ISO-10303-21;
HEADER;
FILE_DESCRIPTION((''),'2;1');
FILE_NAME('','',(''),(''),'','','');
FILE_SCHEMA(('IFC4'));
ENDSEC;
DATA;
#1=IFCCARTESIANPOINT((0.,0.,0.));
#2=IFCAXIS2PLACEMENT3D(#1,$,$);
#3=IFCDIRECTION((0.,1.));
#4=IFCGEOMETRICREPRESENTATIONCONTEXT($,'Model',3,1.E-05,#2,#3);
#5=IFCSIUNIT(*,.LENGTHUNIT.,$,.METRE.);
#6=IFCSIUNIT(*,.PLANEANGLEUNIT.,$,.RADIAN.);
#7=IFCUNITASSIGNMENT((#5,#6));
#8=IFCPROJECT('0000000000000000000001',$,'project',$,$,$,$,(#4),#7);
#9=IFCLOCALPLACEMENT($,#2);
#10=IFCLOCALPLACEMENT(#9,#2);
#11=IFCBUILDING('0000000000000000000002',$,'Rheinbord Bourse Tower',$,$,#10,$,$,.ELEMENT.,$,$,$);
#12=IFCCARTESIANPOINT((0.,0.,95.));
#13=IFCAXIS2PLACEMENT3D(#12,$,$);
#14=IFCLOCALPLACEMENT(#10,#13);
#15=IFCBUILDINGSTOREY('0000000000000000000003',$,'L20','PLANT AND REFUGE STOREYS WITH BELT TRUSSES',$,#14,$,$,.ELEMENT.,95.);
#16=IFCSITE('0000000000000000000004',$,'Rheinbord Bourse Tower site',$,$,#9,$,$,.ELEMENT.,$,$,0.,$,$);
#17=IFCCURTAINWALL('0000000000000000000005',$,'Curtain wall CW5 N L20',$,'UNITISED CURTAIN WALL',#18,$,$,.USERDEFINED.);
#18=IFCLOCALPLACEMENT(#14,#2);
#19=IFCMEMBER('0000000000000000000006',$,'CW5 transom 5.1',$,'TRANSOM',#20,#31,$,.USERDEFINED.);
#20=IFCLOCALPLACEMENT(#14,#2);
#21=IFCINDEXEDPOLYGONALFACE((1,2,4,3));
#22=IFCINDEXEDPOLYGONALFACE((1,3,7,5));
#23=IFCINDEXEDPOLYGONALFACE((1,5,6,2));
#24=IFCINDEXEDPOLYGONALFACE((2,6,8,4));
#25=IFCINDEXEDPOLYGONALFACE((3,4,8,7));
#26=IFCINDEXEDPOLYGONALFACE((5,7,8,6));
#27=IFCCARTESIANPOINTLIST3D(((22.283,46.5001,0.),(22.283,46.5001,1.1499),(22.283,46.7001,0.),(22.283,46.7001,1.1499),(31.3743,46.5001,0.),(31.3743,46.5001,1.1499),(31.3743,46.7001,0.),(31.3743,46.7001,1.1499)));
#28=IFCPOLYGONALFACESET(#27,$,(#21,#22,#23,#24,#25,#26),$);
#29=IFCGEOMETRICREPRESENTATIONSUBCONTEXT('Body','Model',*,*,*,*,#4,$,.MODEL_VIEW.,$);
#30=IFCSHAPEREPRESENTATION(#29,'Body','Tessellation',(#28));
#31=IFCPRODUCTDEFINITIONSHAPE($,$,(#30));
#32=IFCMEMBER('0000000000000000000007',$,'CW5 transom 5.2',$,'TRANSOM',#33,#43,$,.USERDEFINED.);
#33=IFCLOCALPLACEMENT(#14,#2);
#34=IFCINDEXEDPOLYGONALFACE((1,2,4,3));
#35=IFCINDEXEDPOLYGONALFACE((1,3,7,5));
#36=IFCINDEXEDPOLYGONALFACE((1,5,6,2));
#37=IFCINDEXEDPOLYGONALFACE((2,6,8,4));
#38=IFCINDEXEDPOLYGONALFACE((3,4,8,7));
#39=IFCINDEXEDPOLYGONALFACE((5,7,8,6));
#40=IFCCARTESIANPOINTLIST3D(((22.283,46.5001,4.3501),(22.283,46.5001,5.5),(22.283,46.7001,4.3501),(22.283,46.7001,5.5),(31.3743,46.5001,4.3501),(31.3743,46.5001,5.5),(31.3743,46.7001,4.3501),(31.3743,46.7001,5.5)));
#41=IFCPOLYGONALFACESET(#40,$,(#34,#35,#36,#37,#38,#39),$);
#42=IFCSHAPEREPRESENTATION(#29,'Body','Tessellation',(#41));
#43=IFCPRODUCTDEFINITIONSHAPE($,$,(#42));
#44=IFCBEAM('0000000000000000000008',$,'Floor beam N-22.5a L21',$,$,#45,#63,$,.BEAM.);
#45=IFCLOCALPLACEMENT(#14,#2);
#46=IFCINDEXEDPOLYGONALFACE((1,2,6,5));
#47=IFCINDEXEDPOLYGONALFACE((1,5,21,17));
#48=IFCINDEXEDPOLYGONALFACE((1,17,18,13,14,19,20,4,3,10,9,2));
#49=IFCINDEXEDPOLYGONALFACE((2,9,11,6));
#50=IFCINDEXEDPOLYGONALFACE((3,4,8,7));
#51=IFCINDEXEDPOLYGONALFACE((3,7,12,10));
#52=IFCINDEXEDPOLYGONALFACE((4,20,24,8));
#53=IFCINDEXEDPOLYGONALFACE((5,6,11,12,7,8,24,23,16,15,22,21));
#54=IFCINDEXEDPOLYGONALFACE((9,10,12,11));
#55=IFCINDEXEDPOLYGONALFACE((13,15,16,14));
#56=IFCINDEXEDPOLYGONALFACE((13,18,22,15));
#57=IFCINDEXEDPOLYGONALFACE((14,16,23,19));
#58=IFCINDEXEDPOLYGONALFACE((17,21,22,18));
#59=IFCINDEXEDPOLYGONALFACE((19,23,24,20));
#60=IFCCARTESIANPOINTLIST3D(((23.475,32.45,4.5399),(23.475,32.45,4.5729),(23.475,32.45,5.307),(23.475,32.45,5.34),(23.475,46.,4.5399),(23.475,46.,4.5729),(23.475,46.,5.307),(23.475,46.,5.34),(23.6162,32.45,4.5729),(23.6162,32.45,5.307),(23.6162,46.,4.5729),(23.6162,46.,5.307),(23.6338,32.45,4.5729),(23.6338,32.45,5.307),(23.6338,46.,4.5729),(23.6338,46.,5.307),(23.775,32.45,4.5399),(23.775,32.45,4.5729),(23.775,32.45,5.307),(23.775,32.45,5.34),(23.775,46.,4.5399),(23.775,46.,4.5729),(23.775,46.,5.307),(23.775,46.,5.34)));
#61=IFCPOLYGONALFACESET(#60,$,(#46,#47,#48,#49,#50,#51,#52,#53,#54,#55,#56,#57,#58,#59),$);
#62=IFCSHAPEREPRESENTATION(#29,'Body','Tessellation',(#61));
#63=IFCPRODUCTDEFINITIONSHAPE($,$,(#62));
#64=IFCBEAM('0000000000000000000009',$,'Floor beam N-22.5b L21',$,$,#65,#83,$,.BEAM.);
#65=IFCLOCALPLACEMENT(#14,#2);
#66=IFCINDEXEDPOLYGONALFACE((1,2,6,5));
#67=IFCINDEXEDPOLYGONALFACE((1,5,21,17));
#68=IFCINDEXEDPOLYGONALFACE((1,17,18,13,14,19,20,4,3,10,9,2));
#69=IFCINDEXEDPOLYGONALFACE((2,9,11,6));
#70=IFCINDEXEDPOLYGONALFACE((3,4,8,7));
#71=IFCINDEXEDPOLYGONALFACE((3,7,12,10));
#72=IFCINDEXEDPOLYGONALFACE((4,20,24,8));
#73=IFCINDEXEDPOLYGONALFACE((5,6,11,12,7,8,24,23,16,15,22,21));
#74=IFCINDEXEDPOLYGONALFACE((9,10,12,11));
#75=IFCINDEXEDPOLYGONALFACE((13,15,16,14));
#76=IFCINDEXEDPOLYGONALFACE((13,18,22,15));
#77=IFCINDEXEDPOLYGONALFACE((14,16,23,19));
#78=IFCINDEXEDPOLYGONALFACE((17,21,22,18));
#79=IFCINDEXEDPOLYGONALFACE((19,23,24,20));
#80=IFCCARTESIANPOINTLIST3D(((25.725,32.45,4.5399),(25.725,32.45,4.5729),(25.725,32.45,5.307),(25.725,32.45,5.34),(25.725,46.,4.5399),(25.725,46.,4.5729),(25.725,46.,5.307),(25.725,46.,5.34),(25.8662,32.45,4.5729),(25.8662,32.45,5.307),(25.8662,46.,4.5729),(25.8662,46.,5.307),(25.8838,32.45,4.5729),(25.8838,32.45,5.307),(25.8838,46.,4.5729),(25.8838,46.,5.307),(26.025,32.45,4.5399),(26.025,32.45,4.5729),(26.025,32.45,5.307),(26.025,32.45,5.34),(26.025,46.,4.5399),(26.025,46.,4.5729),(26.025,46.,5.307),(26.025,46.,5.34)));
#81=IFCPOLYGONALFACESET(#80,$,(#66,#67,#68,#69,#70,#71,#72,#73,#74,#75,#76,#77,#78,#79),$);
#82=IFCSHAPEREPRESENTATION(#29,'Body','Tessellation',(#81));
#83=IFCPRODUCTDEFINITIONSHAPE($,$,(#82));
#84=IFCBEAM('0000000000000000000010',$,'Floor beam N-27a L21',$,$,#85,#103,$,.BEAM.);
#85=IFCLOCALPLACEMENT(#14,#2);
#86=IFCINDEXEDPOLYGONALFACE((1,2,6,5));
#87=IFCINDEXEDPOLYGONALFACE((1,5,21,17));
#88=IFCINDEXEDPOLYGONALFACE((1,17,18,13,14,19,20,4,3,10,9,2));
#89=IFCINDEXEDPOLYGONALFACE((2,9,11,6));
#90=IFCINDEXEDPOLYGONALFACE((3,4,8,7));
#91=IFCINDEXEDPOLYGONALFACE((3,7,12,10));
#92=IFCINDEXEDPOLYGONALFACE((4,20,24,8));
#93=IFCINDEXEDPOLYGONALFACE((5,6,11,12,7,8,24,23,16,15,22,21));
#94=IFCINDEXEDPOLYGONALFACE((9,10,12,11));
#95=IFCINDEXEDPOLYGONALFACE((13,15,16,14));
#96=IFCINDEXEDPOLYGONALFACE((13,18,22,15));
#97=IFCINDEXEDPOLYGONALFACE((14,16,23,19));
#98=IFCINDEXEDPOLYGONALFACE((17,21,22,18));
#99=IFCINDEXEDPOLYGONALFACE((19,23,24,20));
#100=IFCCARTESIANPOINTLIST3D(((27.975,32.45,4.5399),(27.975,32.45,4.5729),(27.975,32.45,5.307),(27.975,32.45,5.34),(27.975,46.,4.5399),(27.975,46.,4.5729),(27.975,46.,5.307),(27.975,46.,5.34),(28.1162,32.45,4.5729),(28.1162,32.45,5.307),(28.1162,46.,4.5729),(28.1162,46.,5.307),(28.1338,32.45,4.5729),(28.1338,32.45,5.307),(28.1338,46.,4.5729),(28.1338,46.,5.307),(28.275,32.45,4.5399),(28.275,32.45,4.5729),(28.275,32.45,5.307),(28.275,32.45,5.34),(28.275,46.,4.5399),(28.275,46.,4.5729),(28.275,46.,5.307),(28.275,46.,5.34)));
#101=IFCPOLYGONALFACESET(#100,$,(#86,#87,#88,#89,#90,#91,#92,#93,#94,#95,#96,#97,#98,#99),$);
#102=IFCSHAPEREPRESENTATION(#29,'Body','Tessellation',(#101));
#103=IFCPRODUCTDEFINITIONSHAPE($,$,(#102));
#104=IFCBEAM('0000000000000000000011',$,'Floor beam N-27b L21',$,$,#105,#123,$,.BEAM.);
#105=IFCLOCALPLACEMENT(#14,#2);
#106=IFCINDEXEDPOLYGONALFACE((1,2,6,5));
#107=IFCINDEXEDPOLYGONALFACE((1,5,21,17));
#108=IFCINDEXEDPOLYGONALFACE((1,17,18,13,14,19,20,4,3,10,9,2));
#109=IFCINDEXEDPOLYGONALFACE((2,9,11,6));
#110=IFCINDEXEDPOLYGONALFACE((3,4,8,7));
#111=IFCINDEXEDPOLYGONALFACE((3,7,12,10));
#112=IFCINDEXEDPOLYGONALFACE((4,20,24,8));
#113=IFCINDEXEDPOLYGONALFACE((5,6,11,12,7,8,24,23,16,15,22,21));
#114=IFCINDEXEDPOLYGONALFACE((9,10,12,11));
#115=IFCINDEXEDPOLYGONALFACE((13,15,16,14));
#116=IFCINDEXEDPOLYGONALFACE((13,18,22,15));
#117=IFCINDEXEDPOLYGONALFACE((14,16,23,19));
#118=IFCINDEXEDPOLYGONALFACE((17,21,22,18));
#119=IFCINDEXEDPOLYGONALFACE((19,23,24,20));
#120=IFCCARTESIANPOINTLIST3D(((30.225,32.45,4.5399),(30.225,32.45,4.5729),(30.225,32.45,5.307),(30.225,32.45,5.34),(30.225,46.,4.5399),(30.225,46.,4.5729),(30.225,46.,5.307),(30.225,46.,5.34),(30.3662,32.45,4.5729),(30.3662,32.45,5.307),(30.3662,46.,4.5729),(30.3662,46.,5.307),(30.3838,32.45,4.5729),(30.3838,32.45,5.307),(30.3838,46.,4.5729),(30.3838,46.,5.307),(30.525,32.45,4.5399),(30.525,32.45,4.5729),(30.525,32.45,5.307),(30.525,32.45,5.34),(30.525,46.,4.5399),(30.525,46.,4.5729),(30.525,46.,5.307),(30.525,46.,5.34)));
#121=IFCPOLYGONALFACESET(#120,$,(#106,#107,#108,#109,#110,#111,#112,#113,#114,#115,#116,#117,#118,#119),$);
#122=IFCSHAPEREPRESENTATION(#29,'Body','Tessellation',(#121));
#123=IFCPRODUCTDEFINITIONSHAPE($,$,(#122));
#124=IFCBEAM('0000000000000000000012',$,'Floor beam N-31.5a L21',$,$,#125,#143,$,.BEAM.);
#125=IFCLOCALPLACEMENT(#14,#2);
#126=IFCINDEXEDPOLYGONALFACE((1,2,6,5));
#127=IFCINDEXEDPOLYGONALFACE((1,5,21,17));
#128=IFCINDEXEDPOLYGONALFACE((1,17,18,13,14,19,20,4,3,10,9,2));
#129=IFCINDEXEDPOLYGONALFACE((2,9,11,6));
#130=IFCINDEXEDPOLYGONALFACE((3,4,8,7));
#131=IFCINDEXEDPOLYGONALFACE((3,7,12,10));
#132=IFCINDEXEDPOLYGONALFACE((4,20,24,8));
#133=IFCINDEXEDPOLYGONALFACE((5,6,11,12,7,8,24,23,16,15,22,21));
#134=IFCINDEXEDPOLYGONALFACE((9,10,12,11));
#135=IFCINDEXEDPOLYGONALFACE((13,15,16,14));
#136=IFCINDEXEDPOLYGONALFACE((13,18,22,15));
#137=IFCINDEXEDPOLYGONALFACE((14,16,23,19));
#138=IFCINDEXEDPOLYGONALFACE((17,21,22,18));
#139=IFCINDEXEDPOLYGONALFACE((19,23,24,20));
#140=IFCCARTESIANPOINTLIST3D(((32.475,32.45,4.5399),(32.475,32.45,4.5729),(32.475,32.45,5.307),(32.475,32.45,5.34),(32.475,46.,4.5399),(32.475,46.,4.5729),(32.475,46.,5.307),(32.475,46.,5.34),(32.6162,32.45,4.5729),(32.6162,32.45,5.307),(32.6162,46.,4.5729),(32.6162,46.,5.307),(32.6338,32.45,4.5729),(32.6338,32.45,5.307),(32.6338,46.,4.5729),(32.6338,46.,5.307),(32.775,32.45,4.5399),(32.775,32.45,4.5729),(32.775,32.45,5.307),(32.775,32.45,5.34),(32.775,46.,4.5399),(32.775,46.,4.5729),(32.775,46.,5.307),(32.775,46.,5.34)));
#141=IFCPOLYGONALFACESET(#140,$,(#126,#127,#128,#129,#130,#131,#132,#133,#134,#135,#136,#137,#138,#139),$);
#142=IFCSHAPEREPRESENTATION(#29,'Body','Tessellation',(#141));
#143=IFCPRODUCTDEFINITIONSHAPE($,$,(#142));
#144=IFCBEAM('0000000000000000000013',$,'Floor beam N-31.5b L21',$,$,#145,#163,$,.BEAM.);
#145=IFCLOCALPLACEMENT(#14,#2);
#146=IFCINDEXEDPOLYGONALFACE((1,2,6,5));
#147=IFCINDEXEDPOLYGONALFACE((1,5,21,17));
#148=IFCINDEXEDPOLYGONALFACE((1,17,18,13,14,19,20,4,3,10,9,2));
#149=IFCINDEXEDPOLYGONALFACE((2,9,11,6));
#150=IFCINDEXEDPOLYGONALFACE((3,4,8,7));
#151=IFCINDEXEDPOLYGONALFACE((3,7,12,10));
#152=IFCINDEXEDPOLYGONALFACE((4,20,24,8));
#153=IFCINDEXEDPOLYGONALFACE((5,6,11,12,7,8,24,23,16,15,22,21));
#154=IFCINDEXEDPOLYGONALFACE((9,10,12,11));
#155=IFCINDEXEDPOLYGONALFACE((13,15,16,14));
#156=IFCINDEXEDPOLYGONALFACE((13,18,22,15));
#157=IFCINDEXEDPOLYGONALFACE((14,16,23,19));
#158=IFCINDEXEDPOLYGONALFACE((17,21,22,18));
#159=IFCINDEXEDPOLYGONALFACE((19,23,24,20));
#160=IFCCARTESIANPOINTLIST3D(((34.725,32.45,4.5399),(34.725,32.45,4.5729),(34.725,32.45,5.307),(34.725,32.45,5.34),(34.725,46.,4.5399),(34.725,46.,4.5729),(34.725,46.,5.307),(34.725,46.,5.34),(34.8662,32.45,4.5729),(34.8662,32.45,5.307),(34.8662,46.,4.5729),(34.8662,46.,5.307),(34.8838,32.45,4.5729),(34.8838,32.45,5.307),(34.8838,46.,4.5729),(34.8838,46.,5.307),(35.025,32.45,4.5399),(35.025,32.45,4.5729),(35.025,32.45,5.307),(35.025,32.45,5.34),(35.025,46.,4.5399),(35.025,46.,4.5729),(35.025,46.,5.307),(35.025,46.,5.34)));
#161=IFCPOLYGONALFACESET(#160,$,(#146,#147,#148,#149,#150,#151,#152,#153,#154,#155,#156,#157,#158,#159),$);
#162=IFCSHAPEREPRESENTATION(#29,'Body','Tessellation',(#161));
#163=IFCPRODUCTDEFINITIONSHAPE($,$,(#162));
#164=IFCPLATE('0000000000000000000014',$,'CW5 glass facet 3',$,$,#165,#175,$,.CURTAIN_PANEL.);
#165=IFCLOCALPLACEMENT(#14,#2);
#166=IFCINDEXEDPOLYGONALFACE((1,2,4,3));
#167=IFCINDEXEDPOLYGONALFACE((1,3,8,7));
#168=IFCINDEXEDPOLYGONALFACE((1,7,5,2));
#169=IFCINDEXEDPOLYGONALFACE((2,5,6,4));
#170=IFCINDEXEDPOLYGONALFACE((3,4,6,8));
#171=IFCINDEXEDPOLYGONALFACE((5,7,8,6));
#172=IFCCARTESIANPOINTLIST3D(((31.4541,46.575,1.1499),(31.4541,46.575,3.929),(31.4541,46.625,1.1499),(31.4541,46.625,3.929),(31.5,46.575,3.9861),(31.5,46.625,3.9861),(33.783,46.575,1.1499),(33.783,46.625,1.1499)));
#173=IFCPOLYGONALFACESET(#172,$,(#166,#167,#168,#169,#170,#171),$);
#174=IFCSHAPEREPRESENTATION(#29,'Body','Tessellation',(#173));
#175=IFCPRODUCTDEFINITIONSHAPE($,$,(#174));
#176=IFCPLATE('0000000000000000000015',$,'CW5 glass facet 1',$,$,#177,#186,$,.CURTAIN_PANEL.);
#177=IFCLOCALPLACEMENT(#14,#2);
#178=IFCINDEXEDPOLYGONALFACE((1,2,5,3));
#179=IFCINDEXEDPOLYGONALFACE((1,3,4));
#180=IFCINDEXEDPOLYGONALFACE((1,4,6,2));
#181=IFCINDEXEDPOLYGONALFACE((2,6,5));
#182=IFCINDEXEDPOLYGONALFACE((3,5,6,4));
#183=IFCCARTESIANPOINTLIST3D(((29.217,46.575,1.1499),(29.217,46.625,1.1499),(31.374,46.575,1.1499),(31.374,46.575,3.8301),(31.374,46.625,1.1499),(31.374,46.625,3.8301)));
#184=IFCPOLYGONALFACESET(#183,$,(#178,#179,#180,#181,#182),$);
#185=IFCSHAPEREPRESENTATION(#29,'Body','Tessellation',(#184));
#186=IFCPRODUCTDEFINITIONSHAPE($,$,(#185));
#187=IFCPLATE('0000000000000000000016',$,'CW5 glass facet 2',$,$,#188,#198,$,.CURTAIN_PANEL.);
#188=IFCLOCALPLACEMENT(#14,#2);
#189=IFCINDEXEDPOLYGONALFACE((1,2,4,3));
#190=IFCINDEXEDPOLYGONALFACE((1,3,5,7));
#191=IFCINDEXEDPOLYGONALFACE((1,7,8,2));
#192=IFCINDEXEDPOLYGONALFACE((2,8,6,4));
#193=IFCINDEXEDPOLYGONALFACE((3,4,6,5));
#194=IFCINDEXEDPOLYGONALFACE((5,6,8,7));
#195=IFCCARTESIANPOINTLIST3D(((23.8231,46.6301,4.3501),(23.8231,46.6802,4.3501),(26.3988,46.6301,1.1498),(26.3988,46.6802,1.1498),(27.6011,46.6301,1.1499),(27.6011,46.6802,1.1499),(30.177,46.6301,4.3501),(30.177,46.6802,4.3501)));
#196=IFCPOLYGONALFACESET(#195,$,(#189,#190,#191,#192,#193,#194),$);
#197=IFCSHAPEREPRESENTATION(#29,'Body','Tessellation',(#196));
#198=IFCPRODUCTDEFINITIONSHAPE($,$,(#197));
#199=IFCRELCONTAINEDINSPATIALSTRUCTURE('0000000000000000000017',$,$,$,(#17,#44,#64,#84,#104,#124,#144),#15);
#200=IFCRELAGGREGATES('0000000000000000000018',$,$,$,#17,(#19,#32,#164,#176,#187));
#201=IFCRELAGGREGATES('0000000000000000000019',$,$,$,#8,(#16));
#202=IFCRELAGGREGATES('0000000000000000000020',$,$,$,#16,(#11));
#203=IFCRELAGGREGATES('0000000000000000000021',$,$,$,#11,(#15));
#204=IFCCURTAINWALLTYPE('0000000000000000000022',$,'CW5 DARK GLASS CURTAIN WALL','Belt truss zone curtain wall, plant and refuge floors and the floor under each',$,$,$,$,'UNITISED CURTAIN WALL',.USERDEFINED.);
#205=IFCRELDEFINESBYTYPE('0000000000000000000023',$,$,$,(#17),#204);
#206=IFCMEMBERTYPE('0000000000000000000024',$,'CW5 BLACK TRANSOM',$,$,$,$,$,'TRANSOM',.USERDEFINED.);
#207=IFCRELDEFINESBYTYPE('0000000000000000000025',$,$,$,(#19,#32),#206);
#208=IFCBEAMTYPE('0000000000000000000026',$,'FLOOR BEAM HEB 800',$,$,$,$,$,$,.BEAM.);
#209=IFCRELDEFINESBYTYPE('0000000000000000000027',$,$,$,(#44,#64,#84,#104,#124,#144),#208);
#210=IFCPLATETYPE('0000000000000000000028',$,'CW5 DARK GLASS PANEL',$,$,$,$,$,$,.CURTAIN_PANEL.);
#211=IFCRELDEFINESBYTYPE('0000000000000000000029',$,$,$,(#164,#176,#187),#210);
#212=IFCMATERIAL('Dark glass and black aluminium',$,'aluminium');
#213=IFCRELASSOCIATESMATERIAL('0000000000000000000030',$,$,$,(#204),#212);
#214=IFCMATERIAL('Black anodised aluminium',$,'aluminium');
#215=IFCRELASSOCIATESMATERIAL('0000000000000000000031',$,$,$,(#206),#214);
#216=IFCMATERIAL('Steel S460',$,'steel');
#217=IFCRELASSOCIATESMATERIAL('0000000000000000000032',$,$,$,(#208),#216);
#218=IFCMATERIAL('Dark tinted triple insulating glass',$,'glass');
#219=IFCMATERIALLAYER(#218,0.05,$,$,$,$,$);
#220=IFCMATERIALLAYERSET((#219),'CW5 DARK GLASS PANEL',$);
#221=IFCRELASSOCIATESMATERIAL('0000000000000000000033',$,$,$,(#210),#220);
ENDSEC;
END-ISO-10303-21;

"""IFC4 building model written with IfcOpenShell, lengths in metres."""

from ifc_helpers import new_model, si_unit, direction, frame, origin, origin_2d, place, context, subcontext, project, spatial, polyline, rectangle, i_section, outline, extrude, material, layer, layer_set, material_profile, profile_set, type_object, element, aggregate, save


model = new_model("IFC4")

# Units and contexts
model_context = context("Model", 3, precision=1e-05, world=origin(), true_north=direction((0.0, 1.0)))
body_context = subcontext(model_context, "Body", "Model", "MODEL_VIEW")
ifc_project = project(units=[si_unit("LENGTHUNIT", "METRE"), si_unit("PLANEANGLEUNIT", "RADIAN")], contexts=[model_context])

# Site, building, storey
site_placement = place(None, origin())
site = spatial("IfcSite", under=ifc_project, at=site_placement, Name="Rheinbord Bourse Tower site", CompositionType="ELEMENT", RefElevation=0.0)
building_placement = place(site_placement, origin())
building = spatial("IfcBuilding", under=site, at=building_placement, Name="Rheinbord Bourse Tower", CompositionType="ELEMENT")
storey_placement = place(building_placement, frame((0.0, 0.0, 95.0)))
storey = spatial("IfcBuildingStorey", under=building, at=storey_placement, Name="L20", Description="PLANT AND REFUGE STOREYS WITH BELT TRUSSES", CompositionType="ELEMENT", Elevation=95.0)

# Curtain wall, members
ifc_material_1 = material(Name="Dark glass and black aluminium", Category="aluminium")
curtain_wall_type = type_object("IfcCurtainWallType", Name="CW5 DARK GLASS CURTAIN WALL", Description="Belt truss zone curtain wall, plant and refuge floors and the floor under each", ElementType="UNITISED CURTAIN WALL", PredefinedType="USERDEFINED", material=ifc_material_1)
curtain_wall_placement = place(storey_placement, origin())
curtain_wall = element("IfcCurtainWall", 1, at=curtain_wall_placement, inside=storey, type_object=curtain_wall_type, Name="Curtain wall CW5 N L20", ObjectType="UNITISED CURTAIN WALL", PredefinedType="USERDEFINED")
ifc_material_2 = material(Name="Black anodised aluminium", Category="aluminium")
ifc_material_profile_1 = material_profile(ifc_material_2, rectangle(XDim=0.2, YDim=1.1499, at=origin_2d()), Name="CW5 TRANSOM 1150x200")
ifc_profile_set_1 = profile_set([ifc_material_profile_1], Name="Black anodised aluminium")
member_type_1 = type_object("IfcMemberType", Name="CW5 BLACK TRANSOM", ElementType="TRANSOM", PredefinedType="USERDEFINED", material=ifc_profile_set_1)
member_1_placement = place(storey_placement, frame((31.3743, 46.6001, 0.575), z_axis=(-1.0, 0.0, 0.0), x_axis=(0.0, -1.0, 0.0)))
member_1 = element("IfcMember", 2, at=member_1_placement, type_object=member_type_1, Name="CW5 transom 5.1", ObjectType="TRANSOM", PredefinedType="USERDEFINED", context=body_context, shape_type="SweptSolid", body=[
    extrude(rectangle(XDim=0.2, YDim=1.1499, at=origin_2d()), origin(), (0.0, 0.0, 1.0), 9.0913),
])
member_2_placement = place(storey_placement, frame((31.3743, 46.6001, 4.925), z_axis=(-1.0, 0.0, 0.0), x_axis=(0.0, -1.0, 0.0)))
member_2 = element("IfcMember", 3, at=member_2_placement, type_object=member_type_1, Name="CW5 transom 5.2", ObjectType="TRANSOM", PredefinedType="USERDEFINED", context=body_context, shape_type="SweptSolid", body=[
    extrude(rectangle(XDim=0.2, YDim=1.1499, at=origin_2d()), origin(), (0.0, 0.0, 1.0), 9.0913),
])

# Beams
ifc_material_3 = material(Name="Steel S460", Category="steel")
ifc_material_profile_2 = material_profile(ifc_material_3, i_section(OverallWidth=0.3, OverallDepth=0.8, WebThickness=0.0176, FlangeThickness=0.033, at=origin_2d()), Name="HEB 800")
ifc_profile_set_2 = profile_set([ifc_material_profile_2], Name="Steel S460")
beam_type_1 = type_object("IfcBeamType", Name="FLOOR BEAM HEB 800", PredefinedType="BEAM", material=ifc_profile_set_2)
for number, where, z_axis, x_axis, name in (
    (4, (23.625, 46.0, 4.9399), (0.0, -1.0, 0.0), (1.0, 0.0, 0.0), "Floor beam N-22.5a L21"),
    (5, (25.875, 46.0, 4.9399), (0.0, -1.0, 0.0), (1.0, 0.0, 0.0), "Floor beam N-22.5b L21"),
    (6, (28.125, 46.0, 4.9399), (0.0, -1.0, 0.0), (1.0, 0.0, 0.0), "Floor beam N-27a L21"),
    (7, (30.375, 46.0, 4.9399), (0.0, -1.0, 0.0), (1.0, 0.0, 0.0), "Floor beam N-27b L21"),
    (8, (32.625, 46.0, 4.9399), (0.0, -1.0, 0.0), (1.0, 0.0, 0.0), "Floor beam N-31.5a L21"),
    (9, (34.875, 46.0, 4.9399), (0.0, -1.0, 0.0), (1.0, 0.0, 0.0), "Floor beam N-31.5b L21"),
):
    element("IfcBeam", number, at=place(storey_placement, frame(where, z_axis=z_axis, x_axis=x_axis)), inside=storey, type_object=beam_type_1, Name=name, PredefinedType="BEAM", context=body_context, shape_type="SweptSolid", body=[
        extrude(i_section(OverallWidth=0.3, OverallDepth=0.8, WebThickness=0.0176, FlangeThickness=0.033, at=origin_2d()), origin(), (0.0, 0.0, 1.0), 13.55),
    ])

# Plates
ifc_material_4 = material(Name="Dark tinted triple insulating glass", Category="glass")
ifc_layer = layer(ifc_material_4, 0.05)
ifc_layer_set = layer_set([ifc_layer], Name="CW5 DARK GLASS PANEL")
plate_type = type_object("IfcPlateType", Name="CW5 DARK GLASS PANEL", PredefinedType="CURTAIN_PANEL", material=ifc_layer_set)
plate_1_placement = place(storey_placement, frame((31.4541, 46.625, 1.1499), z_axis=(0.0, -1.0, 0.0), x_axis=(1.0, 0.0, 0.0)))
plate_1 = element("IfcPlate", 10, at=plate_1_placement, type_object=plate_type, Name="CW5 glass facet 3", PredefinedType="CURTAIN_PANEL", context=body_context, shape_type="SweptSolid", body=[
    extrude(outline(polyline([(0.0, 0.0), (2.3289, 0.0), (0.0459, 2.8362), (0.0, 2.7791), (0.0, 0.0)])), origin(), (0.0, 0.0, 1.0), 0.05),
])
plate_2_placement = place(storey_placement, frame((31.374, 46.625, 1.1499), z_axis=(0.0, -1.0, 0.0), x_axis=(0.0, 0.0, 1.0)))
plate_2 = element("IfcPlate", 11, at=plate_2_placement, type_object=plate_type, Name="CW5 glass facet 1", PredefinedType="CURTAIN_PANEL", context=body_context, shape_type="SweptSolid", body=[
    extrude(outline(polyline([(0.0, 0.0), (2.6802, 0.0), (0.0, 2.157), (0.0, 0.0)])), origin(), (0.0, 0.0, 1.0), 0.05),
])
plate_3_placement = place(storey_placement, frame((27.6011, 46.6802, 1.1499), z_axis=(0.0, -1.0, 0.0), x_axis=(0.627033, 0.0, 0.778993)))
plate_3 = element("IfcPlate", 12, at=plate_3_placement, type_object=plate_type, Name="CW5 glass facet 2", PredefinedType="CURTAIN_PANEL", context=body_context, shape_type="SweptSolid", body=[
    extrude(outline(polyline([(0.0, 0.0), (4.1082, 0.0), (0.124, 4.9497), (-0.7539, 0.9365), (0.0, 0.0)])), origin(), (0.0, 0.0, 1.0), 0.05),
])
aggregate(curtain_wall, [member_1, member_2, plate_1, plate_2, plate_3])

save(model, "model.ifc")
